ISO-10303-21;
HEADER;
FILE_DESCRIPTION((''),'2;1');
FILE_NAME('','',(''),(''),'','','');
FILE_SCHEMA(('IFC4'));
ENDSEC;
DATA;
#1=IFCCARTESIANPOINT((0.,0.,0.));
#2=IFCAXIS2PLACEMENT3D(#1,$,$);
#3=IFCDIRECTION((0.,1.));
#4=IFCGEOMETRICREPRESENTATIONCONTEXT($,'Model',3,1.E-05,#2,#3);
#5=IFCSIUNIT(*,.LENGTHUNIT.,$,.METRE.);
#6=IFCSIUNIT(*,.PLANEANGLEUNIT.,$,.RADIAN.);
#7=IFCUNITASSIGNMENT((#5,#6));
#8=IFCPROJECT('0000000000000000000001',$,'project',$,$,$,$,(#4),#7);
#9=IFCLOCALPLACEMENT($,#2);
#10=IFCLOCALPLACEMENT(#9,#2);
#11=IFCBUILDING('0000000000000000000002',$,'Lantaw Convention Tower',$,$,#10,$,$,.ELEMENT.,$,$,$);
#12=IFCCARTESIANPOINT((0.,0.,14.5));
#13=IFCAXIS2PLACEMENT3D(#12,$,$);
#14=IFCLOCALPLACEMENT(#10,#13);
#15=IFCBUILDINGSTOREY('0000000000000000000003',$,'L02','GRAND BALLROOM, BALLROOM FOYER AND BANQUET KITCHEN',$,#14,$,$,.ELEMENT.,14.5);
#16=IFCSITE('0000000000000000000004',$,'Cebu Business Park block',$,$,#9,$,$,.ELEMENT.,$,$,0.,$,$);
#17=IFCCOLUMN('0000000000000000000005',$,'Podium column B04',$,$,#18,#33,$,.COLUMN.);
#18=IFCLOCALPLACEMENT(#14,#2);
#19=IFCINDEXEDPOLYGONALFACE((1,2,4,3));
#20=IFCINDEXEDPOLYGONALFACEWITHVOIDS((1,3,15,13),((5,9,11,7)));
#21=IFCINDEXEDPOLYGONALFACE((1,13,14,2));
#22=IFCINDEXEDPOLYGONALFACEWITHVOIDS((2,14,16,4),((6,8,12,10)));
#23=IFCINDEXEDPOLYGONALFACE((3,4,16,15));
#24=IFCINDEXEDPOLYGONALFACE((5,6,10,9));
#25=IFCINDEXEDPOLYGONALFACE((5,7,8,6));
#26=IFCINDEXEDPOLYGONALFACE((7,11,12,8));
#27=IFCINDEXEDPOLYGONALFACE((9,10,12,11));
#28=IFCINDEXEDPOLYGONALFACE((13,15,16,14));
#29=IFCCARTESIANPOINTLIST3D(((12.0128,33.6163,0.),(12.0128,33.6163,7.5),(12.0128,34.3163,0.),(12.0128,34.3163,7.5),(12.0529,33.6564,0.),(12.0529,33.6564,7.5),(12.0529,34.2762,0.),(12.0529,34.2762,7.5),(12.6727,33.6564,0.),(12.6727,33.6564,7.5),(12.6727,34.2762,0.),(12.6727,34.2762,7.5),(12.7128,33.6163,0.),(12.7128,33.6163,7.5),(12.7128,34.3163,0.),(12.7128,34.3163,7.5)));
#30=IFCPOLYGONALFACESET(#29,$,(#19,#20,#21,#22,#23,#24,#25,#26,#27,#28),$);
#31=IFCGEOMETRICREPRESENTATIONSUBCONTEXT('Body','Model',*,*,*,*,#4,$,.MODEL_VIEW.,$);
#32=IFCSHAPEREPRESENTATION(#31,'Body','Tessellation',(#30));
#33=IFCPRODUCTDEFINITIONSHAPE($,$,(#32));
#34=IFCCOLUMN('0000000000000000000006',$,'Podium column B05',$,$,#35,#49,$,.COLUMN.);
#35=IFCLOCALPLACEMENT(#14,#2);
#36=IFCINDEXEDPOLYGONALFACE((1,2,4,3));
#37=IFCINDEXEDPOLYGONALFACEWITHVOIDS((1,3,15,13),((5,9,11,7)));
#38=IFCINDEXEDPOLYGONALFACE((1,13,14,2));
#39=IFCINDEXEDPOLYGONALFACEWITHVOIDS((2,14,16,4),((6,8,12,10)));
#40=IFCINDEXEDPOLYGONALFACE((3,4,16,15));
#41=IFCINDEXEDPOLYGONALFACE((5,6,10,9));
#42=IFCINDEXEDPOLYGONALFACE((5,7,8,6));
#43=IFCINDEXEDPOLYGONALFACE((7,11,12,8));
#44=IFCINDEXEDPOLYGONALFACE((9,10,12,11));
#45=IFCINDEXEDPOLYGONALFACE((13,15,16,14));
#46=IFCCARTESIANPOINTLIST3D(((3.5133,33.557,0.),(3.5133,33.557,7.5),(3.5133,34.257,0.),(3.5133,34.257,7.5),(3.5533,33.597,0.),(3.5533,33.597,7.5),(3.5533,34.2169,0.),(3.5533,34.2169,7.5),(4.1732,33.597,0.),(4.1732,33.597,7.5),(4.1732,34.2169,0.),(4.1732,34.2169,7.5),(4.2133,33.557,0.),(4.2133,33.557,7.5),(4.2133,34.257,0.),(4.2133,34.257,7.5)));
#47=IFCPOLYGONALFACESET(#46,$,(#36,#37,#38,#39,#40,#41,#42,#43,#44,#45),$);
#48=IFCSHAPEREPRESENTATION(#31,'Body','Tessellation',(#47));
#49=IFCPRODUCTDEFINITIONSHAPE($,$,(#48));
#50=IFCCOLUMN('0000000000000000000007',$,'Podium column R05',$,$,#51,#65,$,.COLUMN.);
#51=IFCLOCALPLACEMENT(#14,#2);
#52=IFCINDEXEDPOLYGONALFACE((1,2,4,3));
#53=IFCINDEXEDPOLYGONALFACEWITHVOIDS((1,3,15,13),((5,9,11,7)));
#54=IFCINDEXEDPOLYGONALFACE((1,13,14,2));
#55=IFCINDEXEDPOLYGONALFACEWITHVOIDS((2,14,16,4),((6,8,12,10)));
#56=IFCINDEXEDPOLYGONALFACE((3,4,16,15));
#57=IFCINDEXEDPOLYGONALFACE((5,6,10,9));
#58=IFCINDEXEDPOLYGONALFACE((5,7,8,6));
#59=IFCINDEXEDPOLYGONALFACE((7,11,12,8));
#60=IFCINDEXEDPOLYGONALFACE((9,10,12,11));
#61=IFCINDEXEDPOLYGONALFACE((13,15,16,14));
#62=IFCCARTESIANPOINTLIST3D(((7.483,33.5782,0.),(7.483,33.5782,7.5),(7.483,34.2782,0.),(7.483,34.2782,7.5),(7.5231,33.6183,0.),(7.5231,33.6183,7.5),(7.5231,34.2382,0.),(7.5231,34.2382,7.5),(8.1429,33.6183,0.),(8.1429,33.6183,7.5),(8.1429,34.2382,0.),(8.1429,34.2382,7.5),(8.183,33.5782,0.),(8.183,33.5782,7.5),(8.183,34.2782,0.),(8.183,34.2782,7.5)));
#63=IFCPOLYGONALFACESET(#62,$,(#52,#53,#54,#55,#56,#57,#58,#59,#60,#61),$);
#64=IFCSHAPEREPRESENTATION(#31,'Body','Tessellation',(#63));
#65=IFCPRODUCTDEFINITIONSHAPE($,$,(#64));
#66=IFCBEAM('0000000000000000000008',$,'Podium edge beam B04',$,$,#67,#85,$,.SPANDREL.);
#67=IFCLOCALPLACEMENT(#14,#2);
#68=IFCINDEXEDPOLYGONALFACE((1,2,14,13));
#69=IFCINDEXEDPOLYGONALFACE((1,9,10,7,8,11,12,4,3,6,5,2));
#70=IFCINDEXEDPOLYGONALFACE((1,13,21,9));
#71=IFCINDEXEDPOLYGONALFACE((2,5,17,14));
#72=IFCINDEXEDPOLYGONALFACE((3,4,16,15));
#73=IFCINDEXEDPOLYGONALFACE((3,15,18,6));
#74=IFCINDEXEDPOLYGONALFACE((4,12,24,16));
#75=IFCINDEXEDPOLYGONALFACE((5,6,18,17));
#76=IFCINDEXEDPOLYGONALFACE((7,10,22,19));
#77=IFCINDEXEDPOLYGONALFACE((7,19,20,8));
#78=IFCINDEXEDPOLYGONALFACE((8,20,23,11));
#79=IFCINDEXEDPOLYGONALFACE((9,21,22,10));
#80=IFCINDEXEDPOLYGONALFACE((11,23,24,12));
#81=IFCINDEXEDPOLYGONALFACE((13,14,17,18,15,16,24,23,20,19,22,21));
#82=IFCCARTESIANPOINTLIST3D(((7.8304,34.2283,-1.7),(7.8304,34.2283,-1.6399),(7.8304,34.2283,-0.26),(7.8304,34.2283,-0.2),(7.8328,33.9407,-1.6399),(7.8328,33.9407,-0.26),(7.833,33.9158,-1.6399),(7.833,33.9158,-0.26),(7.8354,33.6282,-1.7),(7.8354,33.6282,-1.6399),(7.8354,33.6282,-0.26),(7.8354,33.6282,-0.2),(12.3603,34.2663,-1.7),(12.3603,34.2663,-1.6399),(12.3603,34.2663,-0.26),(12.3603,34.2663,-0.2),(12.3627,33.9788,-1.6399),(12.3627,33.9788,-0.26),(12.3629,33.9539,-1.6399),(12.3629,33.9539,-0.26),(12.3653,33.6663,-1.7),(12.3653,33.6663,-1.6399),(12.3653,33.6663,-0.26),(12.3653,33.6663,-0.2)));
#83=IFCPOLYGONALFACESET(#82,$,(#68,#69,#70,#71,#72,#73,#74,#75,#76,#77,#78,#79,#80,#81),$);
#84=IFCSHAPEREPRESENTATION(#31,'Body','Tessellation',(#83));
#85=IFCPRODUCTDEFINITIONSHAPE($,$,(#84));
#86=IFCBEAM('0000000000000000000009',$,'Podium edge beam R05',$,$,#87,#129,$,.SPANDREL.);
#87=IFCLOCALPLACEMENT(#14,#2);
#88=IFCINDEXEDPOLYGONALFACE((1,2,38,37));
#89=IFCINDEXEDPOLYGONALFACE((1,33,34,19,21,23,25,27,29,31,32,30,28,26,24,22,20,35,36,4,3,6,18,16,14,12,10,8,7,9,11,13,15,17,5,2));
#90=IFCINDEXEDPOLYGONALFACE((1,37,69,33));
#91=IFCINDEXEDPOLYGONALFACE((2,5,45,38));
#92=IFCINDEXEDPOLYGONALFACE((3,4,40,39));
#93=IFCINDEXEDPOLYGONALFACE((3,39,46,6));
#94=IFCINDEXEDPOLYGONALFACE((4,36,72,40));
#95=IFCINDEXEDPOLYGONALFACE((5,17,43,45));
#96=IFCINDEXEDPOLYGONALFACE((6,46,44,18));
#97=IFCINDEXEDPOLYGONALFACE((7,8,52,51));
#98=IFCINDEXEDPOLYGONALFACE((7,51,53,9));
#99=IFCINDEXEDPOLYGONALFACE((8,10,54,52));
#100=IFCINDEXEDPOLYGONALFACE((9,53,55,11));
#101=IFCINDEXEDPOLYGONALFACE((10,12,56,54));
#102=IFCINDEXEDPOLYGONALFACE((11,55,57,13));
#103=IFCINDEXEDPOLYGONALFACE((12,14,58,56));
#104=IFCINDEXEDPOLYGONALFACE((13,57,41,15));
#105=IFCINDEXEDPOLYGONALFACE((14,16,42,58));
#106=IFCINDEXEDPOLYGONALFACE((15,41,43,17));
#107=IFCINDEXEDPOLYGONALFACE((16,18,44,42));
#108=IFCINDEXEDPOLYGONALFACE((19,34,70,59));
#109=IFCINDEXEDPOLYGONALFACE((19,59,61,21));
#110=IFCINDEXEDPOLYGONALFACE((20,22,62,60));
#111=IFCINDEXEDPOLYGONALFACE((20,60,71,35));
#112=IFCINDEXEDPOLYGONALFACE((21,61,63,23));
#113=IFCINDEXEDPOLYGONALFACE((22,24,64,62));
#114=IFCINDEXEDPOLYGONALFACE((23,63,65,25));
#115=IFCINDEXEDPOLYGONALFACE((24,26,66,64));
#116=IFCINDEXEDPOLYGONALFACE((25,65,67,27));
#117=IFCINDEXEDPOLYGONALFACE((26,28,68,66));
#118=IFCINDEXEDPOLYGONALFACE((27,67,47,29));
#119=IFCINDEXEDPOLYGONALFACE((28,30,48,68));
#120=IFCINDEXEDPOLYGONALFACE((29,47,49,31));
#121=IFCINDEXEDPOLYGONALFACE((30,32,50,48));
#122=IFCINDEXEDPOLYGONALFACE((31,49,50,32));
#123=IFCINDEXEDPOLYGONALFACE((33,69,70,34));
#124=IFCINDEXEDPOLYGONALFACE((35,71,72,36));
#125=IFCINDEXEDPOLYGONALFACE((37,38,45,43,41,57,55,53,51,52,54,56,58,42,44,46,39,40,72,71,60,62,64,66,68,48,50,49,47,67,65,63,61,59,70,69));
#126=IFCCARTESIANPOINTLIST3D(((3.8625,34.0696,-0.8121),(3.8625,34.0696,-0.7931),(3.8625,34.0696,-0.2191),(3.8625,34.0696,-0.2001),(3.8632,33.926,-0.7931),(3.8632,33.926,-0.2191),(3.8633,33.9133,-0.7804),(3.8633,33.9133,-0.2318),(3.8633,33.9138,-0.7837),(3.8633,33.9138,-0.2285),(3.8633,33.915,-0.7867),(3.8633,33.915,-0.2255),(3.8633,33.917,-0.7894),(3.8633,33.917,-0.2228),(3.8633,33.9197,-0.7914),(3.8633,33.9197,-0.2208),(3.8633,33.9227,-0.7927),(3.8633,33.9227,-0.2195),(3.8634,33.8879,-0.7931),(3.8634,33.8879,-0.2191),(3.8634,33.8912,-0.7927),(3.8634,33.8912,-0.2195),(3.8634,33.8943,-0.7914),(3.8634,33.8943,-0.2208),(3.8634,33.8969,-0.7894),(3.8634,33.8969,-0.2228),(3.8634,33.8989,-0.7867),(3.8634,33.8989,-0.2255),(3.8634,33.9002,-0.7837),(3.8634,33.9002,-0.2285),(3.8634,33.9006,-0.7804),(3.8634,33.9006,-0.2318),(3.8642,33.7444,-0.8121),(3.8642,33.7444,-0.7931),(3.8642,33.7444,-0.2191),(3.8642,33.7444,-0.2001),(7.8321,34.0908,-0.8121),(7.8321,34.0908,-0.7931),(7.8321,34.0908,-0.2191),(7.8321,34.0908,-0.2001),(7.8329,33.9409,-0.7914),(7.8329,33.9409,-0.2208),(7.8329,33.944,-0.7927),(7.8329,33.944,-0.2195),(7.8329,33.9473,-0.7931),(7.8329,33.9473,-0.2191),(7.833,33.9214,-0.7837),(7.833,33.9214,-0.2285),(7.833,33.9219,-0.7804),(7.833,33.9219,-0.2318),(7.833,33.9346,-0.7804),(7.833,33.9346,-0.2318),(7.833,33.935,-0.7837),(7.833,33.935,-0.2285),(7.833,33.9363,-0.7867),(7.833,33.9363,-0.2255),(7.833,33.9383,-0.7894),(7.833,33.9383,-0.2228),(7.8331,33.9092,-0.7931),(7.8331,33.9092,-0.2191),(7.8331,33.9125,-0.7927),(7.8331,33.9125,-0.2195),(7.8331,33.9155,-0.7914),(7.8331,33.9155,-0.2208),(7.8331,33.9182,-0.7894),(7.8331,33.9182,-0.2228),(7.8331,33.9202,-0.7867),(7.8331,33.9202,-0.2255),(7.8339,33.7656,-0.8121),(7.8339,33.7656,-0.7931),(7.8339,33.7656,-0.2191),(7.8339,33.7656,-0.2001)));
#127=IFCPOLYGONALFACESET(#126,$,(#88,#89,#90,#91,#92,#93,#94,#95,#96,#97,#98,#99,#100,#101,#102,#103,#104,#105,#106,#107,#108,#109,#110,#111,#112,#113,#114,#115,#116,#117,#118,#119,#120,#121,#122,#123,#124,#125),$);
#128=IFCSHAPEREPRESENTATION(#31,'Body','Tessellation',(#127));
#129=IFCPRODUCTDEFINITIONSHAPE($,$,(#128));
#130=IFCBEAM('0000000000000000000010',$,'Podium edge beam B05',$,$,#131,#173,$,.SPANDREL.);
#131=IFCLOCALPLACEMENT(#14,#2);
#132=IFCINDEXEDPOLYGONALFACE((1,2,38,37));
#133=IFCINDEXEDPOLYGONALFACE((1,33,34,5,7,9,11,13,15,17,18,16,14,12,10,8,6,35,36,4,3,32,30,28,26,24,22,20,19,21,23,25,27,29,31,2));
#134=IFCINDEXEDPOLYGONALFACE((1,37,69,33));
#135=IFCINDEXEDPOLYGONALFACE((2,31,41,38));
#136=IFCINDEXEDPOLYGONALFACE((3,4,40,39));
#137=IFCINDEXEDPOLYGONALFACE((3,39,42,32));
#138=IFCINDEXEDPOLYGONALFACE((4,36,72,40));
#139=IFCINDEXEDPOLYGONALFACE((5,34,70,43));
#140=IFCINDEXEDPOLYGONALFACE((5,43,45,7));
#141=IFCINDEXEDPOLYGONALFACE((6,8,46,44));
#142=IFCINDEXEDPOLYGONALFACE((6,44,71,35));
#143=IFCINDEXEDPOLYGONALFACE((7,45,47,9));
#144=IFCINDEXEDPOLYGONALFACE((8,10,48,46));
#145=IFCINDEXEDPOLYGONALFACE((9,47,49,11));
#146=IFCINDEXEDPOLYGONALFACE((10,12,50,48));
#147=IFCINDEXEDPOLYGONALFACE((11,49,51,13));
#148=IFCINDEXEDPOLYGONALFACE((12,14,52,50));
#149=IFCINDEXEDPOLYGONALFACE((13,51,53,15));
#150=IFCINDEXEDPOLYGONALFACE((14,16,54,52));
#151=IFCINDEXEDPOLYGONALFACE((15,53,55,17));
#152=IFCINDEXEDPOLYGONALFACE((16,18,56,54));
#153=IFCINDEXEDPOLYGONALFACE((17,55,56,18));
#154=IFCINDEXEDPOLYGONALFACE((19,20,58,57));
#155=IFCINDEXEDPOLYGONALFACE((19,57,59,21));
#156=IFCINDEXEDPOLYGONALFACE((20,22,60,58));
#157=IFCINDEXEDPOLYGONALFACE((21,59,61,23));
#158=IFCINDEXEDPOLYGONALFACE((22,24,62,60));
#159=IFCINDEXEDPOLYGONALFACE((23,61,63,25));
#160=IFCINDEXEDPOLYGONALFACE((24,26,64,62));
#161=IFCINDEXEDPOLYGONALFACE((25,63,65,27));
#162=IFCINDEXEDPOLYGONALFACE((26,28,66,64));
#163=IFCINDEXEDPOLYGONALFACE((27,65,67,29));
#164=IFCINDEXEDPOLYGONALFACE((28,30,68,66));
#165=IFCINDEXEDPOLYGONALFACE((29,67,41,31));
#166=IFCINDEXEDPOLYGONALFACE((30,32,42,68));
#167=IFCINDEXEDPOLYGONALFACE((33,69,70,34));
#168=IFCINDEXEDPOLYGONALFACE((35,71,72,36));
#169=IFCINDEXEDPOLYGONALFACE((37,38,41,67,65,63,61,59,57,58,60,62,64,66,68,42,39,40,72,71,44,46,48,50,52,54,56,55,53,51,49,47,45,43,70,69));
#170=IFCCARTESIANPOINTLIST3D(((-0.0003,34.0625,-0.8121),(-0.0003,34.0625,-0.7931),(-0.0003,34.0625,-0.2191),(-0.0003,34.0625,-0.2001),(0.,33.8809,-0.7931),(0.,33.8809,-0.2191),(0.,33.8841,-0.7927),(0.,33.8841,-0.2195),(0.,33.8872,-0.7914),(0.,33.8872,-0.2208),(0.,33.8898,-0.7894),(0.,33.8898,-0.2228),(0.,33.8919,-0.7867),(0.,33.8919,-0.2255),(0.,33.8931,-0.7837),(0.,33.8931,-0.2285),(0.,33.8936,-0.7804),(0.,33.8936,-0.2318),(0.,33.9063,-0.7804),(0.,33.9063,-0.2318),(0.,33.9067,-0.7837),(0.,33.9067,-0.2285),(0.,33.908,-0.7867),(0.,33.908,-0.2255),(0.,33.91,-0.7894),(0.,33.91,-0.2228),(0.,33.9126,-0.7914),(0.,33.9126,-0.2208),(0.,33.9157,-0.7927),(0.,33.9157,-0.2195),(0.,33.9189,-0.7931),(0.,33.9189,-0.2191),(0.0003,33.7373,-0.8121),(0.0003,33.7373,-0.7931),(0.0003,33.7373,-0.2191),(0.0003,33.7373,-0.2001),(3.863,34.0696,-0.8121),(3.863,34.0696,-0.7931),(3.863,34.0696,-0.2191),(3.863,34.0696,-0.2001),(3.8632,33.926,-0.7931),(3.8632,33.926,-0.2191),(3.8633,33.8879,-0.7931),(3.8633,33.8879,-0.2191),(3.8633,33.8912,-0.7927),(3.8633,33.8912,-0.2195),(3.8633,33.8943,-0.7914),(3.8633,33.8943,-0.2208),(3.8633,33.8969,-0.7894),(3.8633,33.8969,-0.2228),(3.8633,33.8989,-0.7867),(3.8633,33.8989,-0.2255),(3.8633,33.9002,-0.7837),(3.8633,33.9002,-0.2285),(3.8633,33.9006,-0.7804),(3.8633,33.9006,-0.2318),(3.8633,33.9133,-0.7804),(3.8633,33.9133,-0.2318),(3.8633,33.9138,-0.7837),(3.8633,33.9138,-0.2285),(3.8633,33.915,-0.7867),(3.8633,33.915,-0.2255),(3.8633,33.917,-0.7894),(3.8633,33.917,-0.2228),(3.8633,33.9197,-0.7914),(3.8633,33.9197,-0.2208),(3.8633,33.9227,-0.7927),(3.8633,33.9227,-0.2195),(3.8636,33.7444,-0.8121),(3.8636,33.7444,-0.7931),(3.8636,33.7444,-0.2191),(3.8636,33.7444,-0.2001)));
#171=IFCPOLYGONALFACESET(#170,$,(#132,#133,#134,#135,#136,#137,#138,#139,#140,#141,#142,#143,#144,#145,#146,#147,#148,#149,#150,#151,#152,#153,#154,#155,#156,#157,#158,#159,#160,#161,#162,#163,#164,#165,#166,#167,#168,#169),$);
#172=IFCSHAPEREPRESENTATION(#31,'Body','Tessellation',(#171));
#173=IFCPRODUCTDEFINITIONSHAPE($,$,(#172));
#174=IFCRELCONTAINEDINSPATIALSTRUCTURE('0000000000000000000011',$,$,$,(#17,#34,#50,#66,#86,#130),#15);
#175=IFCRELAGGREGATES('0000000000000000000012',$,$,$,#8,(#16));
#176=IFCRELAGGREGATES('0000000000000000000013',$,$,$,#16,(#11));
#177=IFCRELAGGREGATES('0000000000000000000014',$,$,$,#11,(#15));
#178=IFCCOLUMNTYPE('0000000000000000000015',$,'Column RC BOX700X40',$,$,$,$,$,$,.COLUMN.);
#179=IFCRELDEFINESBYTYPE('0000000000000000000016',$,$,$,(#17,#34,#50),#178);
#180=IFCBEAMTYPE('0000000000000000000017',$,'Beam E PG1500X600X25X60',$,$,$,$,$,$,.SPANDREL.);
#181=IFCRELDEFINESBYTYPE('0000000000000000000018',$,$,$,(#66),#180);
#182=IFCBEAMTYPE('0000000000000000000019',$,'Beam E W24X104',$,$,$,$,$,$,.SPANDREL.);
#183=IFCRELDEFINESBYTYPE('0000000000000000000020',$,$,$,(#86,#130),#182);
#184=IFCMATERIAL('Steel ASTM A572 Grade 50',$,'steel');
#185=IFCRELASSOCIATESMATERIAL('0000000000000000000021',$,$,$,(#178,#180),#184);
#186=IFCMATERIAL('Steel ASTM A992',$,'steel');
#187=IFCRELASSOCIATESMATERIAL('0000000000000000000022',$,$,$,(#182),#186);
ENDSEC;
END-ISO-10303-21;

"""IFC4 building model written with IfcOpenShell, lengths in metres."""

from ifc_helpers import new_model, si_unit, direction, frame, origin, origin_2d, place, context, subcontext, project, spatial, hollow_rectangle, i_section, extrude, material, material_profile, profile_set, type_object, element, save


model = new_model("IFC4")

# Units and contexts
model_context = context("Model", 3, precision=1e-05, world=origin(), true_north=direction((0.0, 1.0)))
body_context = subcontext(model_context, "Body", "Model", "MODEL_VIEW")
ifc_project = project(units=[si_unit("LENGTHUNIT", "METRE"), si_unit("PLANEANGLEUNIT", "RADIAN")], contexts=[model_context])

# Site, building, storey
site_placement = place(None, origin())
site = spatial("IfcSite", under=ifc_project, at=site_placement, Name="Cebu Business Park block", CompositionType="ELEMENT", RefElevation=0.0)
building_placement = place(site_placement, origin())
building = spatial("IfcBuilding", under=site, at=building_placement, Name="Lantaw Convention Tower", CompositionType="ELEMENT")
storey_placement = place(building_placement, frame((0.0, 0.0, 14.5)))
storey = spatial("IfcBuildingStorey", under=building, at=storey_placement, Name="L02", Description="GRAND BALLROOM, BALLROOM FOYER AND BANQUET KITCHEN", CompositionType="ELEMENT", Elevation=14.5)

# Columns
ifc_material_1 = material(Name="Steel ASTM A572 Grade 50", Category="steel")
ifc_material_profile_1 = material_profile(ifc_material_1, hollow_rectangle(XDim=0.7, YDim=0.7, WallThickness=0.04, at=origin_2d()), Name="BOX700X40")
ifc_profile_set_1 = profile_set([ifc_material_profile_1], Name="Steel ASTM A572 Grade 50")
column_type = type_object("IfcColumnType", Name="Column RC BOX700X40", PredefinedType="COLUMN", material=ifc_profile_set_1)
for number, where, z_axis, x_axis, name in (
    (1, (12.3628, 33.9663, 0.0), (0.0, 0.0, 1.0), (1.0, 0.0, 0.0), "Podium column B04"),
    (2, (3.8633, 33.907, 0.0), (0.0, 0.0, 1.0), (1.0, 0.0, 0.0), "Podium column B05"),
    (3, (7.833, 33.9282, 0.0), (0.0, 0.0, 1.0), (1.0, 0.0, 0.0), "Podium column R05"),
):
    element("IfcColumn", number, at=place(storey_placement, frame(where, z_axis=z_axis, x_axis=x_axis)), inside=storey, type_object=column_type, Name=name, PredefinedType="COLUMN", context=body_context, shape_type="SweptSolid", body=[
        extrude(hollow_rectangle(XDim=0.7, YDim=0.7, WallThickness=0.04, at=origin_2d()), origin(), (0.0, 0.0, 1.0), 7.5),
    ])

# Beams
ifc_material_profile_2 = material_profile(ifc_material_1, i_section(OverallWidth=0.6001, OverallDepth=1.5, WebThickness=0.0249, FlangeThickness=0.0601, at=origin_2d()), Name="PG1500X600X25X60")
ifc_profile_set_2 = profile_set([ifc_material_profile_2], Name="Steel ASTM A572 Grade 50")
beam_type_1 = type_object("IfcBeamType", Name="Beam E PG1500X600X25X60", PredefinedType="SPANDREL", material=ifc_profile_set_2)
beam_1_placement = place(storey_placement, frame((12.3628, 33.9663, -0.95), z_axis=(-0.999965, -0.008408, 0.0), x_axis=(0.008408, -0.999965, 0.0)))
element("IfcBeam", 4, at=beam_1_placement, inside=storey, type_object=beam_type_1, Name="Podium edge beam B04", PredefinedType="SPANDREL", context=body_context, shape_type="SweptSolid", body=[
    extrude(i_section(OverallWidth=0.6001, OverallDepth=1.5, WebThickness=0.0249, FlangeThickness=0.0601, at=origin_2d()), origin(), (0.0, 0.0, 1.0), 4.53),
])
ifc_material_2 = material(Name="Steel ASTM A992", Category="steel")
ifc_material_profile_3 = material_profile(ifc_material_2, i_section(OverallWidth=0.3252, OverallDepth=0.6121, WebThickness=0.0127, FlangeThickness=0.019, FilletRadius=0.0127, at=origin_2d()), Name="W24X104")
ifc_profile_set_3 = profile_set([ifc_material_profile_3], Name="Steel ASTM A992")
beam_type_2 = type_object("IfcBeamType", Name="Beam E W24X104", PredefinedType="SPANDREL", material=ifc_profile_set_3)
beam_2_placement = place(storey_placement, frame((7.833, 33.9282, -0.5061), z_axis=(-0.999986, -0.00535, 0.0), x_axis=(0.00535, -0.999986, 0.0)))
element("IfcBeam", 5, at=beam_2_placement, inside=storey, type_object=beam_type_2, Name="Podium edge beam R05", PredefinedType="SPANDREL", context=body_context, shape_type="SweptSolid", body=[
    extrude(i_section(OverallWidth=0.3252, OverallDepth=0.6121, WebThickness=0.0127, FlangeThickness=0.019, FilletRadius=0.0127, at=origin_2d()), origin(), (0.0, 0.0, 1.0), 3.9697),
])
beam_3_placement = place(storey_placement, frame((3.8633, 33.907, -0.5061), z_axis=(-0.999998, -0.001833, 0.0), x_axis=(0.001833, -0.999998, 0.0)))
element("IfcBeam", 6, at=beam_3_placement, inside=storey, type_object=beam_type_2, Name="Podium edge beam B05", PredefinedType="SPANDREL", context=body_context, shape_type="SweptSolid", body=[
    extrude(i_section(OverallWidth=0.3252, OverallDepth=0.6121, WebThickness=0.0127, FlangeThickness=0.019, FilletRadius=0.0127, at=origin_2d()), origin(), (0.0, 0.0, 1.0), 3.8633),
])

save(model, "model.ifc")
